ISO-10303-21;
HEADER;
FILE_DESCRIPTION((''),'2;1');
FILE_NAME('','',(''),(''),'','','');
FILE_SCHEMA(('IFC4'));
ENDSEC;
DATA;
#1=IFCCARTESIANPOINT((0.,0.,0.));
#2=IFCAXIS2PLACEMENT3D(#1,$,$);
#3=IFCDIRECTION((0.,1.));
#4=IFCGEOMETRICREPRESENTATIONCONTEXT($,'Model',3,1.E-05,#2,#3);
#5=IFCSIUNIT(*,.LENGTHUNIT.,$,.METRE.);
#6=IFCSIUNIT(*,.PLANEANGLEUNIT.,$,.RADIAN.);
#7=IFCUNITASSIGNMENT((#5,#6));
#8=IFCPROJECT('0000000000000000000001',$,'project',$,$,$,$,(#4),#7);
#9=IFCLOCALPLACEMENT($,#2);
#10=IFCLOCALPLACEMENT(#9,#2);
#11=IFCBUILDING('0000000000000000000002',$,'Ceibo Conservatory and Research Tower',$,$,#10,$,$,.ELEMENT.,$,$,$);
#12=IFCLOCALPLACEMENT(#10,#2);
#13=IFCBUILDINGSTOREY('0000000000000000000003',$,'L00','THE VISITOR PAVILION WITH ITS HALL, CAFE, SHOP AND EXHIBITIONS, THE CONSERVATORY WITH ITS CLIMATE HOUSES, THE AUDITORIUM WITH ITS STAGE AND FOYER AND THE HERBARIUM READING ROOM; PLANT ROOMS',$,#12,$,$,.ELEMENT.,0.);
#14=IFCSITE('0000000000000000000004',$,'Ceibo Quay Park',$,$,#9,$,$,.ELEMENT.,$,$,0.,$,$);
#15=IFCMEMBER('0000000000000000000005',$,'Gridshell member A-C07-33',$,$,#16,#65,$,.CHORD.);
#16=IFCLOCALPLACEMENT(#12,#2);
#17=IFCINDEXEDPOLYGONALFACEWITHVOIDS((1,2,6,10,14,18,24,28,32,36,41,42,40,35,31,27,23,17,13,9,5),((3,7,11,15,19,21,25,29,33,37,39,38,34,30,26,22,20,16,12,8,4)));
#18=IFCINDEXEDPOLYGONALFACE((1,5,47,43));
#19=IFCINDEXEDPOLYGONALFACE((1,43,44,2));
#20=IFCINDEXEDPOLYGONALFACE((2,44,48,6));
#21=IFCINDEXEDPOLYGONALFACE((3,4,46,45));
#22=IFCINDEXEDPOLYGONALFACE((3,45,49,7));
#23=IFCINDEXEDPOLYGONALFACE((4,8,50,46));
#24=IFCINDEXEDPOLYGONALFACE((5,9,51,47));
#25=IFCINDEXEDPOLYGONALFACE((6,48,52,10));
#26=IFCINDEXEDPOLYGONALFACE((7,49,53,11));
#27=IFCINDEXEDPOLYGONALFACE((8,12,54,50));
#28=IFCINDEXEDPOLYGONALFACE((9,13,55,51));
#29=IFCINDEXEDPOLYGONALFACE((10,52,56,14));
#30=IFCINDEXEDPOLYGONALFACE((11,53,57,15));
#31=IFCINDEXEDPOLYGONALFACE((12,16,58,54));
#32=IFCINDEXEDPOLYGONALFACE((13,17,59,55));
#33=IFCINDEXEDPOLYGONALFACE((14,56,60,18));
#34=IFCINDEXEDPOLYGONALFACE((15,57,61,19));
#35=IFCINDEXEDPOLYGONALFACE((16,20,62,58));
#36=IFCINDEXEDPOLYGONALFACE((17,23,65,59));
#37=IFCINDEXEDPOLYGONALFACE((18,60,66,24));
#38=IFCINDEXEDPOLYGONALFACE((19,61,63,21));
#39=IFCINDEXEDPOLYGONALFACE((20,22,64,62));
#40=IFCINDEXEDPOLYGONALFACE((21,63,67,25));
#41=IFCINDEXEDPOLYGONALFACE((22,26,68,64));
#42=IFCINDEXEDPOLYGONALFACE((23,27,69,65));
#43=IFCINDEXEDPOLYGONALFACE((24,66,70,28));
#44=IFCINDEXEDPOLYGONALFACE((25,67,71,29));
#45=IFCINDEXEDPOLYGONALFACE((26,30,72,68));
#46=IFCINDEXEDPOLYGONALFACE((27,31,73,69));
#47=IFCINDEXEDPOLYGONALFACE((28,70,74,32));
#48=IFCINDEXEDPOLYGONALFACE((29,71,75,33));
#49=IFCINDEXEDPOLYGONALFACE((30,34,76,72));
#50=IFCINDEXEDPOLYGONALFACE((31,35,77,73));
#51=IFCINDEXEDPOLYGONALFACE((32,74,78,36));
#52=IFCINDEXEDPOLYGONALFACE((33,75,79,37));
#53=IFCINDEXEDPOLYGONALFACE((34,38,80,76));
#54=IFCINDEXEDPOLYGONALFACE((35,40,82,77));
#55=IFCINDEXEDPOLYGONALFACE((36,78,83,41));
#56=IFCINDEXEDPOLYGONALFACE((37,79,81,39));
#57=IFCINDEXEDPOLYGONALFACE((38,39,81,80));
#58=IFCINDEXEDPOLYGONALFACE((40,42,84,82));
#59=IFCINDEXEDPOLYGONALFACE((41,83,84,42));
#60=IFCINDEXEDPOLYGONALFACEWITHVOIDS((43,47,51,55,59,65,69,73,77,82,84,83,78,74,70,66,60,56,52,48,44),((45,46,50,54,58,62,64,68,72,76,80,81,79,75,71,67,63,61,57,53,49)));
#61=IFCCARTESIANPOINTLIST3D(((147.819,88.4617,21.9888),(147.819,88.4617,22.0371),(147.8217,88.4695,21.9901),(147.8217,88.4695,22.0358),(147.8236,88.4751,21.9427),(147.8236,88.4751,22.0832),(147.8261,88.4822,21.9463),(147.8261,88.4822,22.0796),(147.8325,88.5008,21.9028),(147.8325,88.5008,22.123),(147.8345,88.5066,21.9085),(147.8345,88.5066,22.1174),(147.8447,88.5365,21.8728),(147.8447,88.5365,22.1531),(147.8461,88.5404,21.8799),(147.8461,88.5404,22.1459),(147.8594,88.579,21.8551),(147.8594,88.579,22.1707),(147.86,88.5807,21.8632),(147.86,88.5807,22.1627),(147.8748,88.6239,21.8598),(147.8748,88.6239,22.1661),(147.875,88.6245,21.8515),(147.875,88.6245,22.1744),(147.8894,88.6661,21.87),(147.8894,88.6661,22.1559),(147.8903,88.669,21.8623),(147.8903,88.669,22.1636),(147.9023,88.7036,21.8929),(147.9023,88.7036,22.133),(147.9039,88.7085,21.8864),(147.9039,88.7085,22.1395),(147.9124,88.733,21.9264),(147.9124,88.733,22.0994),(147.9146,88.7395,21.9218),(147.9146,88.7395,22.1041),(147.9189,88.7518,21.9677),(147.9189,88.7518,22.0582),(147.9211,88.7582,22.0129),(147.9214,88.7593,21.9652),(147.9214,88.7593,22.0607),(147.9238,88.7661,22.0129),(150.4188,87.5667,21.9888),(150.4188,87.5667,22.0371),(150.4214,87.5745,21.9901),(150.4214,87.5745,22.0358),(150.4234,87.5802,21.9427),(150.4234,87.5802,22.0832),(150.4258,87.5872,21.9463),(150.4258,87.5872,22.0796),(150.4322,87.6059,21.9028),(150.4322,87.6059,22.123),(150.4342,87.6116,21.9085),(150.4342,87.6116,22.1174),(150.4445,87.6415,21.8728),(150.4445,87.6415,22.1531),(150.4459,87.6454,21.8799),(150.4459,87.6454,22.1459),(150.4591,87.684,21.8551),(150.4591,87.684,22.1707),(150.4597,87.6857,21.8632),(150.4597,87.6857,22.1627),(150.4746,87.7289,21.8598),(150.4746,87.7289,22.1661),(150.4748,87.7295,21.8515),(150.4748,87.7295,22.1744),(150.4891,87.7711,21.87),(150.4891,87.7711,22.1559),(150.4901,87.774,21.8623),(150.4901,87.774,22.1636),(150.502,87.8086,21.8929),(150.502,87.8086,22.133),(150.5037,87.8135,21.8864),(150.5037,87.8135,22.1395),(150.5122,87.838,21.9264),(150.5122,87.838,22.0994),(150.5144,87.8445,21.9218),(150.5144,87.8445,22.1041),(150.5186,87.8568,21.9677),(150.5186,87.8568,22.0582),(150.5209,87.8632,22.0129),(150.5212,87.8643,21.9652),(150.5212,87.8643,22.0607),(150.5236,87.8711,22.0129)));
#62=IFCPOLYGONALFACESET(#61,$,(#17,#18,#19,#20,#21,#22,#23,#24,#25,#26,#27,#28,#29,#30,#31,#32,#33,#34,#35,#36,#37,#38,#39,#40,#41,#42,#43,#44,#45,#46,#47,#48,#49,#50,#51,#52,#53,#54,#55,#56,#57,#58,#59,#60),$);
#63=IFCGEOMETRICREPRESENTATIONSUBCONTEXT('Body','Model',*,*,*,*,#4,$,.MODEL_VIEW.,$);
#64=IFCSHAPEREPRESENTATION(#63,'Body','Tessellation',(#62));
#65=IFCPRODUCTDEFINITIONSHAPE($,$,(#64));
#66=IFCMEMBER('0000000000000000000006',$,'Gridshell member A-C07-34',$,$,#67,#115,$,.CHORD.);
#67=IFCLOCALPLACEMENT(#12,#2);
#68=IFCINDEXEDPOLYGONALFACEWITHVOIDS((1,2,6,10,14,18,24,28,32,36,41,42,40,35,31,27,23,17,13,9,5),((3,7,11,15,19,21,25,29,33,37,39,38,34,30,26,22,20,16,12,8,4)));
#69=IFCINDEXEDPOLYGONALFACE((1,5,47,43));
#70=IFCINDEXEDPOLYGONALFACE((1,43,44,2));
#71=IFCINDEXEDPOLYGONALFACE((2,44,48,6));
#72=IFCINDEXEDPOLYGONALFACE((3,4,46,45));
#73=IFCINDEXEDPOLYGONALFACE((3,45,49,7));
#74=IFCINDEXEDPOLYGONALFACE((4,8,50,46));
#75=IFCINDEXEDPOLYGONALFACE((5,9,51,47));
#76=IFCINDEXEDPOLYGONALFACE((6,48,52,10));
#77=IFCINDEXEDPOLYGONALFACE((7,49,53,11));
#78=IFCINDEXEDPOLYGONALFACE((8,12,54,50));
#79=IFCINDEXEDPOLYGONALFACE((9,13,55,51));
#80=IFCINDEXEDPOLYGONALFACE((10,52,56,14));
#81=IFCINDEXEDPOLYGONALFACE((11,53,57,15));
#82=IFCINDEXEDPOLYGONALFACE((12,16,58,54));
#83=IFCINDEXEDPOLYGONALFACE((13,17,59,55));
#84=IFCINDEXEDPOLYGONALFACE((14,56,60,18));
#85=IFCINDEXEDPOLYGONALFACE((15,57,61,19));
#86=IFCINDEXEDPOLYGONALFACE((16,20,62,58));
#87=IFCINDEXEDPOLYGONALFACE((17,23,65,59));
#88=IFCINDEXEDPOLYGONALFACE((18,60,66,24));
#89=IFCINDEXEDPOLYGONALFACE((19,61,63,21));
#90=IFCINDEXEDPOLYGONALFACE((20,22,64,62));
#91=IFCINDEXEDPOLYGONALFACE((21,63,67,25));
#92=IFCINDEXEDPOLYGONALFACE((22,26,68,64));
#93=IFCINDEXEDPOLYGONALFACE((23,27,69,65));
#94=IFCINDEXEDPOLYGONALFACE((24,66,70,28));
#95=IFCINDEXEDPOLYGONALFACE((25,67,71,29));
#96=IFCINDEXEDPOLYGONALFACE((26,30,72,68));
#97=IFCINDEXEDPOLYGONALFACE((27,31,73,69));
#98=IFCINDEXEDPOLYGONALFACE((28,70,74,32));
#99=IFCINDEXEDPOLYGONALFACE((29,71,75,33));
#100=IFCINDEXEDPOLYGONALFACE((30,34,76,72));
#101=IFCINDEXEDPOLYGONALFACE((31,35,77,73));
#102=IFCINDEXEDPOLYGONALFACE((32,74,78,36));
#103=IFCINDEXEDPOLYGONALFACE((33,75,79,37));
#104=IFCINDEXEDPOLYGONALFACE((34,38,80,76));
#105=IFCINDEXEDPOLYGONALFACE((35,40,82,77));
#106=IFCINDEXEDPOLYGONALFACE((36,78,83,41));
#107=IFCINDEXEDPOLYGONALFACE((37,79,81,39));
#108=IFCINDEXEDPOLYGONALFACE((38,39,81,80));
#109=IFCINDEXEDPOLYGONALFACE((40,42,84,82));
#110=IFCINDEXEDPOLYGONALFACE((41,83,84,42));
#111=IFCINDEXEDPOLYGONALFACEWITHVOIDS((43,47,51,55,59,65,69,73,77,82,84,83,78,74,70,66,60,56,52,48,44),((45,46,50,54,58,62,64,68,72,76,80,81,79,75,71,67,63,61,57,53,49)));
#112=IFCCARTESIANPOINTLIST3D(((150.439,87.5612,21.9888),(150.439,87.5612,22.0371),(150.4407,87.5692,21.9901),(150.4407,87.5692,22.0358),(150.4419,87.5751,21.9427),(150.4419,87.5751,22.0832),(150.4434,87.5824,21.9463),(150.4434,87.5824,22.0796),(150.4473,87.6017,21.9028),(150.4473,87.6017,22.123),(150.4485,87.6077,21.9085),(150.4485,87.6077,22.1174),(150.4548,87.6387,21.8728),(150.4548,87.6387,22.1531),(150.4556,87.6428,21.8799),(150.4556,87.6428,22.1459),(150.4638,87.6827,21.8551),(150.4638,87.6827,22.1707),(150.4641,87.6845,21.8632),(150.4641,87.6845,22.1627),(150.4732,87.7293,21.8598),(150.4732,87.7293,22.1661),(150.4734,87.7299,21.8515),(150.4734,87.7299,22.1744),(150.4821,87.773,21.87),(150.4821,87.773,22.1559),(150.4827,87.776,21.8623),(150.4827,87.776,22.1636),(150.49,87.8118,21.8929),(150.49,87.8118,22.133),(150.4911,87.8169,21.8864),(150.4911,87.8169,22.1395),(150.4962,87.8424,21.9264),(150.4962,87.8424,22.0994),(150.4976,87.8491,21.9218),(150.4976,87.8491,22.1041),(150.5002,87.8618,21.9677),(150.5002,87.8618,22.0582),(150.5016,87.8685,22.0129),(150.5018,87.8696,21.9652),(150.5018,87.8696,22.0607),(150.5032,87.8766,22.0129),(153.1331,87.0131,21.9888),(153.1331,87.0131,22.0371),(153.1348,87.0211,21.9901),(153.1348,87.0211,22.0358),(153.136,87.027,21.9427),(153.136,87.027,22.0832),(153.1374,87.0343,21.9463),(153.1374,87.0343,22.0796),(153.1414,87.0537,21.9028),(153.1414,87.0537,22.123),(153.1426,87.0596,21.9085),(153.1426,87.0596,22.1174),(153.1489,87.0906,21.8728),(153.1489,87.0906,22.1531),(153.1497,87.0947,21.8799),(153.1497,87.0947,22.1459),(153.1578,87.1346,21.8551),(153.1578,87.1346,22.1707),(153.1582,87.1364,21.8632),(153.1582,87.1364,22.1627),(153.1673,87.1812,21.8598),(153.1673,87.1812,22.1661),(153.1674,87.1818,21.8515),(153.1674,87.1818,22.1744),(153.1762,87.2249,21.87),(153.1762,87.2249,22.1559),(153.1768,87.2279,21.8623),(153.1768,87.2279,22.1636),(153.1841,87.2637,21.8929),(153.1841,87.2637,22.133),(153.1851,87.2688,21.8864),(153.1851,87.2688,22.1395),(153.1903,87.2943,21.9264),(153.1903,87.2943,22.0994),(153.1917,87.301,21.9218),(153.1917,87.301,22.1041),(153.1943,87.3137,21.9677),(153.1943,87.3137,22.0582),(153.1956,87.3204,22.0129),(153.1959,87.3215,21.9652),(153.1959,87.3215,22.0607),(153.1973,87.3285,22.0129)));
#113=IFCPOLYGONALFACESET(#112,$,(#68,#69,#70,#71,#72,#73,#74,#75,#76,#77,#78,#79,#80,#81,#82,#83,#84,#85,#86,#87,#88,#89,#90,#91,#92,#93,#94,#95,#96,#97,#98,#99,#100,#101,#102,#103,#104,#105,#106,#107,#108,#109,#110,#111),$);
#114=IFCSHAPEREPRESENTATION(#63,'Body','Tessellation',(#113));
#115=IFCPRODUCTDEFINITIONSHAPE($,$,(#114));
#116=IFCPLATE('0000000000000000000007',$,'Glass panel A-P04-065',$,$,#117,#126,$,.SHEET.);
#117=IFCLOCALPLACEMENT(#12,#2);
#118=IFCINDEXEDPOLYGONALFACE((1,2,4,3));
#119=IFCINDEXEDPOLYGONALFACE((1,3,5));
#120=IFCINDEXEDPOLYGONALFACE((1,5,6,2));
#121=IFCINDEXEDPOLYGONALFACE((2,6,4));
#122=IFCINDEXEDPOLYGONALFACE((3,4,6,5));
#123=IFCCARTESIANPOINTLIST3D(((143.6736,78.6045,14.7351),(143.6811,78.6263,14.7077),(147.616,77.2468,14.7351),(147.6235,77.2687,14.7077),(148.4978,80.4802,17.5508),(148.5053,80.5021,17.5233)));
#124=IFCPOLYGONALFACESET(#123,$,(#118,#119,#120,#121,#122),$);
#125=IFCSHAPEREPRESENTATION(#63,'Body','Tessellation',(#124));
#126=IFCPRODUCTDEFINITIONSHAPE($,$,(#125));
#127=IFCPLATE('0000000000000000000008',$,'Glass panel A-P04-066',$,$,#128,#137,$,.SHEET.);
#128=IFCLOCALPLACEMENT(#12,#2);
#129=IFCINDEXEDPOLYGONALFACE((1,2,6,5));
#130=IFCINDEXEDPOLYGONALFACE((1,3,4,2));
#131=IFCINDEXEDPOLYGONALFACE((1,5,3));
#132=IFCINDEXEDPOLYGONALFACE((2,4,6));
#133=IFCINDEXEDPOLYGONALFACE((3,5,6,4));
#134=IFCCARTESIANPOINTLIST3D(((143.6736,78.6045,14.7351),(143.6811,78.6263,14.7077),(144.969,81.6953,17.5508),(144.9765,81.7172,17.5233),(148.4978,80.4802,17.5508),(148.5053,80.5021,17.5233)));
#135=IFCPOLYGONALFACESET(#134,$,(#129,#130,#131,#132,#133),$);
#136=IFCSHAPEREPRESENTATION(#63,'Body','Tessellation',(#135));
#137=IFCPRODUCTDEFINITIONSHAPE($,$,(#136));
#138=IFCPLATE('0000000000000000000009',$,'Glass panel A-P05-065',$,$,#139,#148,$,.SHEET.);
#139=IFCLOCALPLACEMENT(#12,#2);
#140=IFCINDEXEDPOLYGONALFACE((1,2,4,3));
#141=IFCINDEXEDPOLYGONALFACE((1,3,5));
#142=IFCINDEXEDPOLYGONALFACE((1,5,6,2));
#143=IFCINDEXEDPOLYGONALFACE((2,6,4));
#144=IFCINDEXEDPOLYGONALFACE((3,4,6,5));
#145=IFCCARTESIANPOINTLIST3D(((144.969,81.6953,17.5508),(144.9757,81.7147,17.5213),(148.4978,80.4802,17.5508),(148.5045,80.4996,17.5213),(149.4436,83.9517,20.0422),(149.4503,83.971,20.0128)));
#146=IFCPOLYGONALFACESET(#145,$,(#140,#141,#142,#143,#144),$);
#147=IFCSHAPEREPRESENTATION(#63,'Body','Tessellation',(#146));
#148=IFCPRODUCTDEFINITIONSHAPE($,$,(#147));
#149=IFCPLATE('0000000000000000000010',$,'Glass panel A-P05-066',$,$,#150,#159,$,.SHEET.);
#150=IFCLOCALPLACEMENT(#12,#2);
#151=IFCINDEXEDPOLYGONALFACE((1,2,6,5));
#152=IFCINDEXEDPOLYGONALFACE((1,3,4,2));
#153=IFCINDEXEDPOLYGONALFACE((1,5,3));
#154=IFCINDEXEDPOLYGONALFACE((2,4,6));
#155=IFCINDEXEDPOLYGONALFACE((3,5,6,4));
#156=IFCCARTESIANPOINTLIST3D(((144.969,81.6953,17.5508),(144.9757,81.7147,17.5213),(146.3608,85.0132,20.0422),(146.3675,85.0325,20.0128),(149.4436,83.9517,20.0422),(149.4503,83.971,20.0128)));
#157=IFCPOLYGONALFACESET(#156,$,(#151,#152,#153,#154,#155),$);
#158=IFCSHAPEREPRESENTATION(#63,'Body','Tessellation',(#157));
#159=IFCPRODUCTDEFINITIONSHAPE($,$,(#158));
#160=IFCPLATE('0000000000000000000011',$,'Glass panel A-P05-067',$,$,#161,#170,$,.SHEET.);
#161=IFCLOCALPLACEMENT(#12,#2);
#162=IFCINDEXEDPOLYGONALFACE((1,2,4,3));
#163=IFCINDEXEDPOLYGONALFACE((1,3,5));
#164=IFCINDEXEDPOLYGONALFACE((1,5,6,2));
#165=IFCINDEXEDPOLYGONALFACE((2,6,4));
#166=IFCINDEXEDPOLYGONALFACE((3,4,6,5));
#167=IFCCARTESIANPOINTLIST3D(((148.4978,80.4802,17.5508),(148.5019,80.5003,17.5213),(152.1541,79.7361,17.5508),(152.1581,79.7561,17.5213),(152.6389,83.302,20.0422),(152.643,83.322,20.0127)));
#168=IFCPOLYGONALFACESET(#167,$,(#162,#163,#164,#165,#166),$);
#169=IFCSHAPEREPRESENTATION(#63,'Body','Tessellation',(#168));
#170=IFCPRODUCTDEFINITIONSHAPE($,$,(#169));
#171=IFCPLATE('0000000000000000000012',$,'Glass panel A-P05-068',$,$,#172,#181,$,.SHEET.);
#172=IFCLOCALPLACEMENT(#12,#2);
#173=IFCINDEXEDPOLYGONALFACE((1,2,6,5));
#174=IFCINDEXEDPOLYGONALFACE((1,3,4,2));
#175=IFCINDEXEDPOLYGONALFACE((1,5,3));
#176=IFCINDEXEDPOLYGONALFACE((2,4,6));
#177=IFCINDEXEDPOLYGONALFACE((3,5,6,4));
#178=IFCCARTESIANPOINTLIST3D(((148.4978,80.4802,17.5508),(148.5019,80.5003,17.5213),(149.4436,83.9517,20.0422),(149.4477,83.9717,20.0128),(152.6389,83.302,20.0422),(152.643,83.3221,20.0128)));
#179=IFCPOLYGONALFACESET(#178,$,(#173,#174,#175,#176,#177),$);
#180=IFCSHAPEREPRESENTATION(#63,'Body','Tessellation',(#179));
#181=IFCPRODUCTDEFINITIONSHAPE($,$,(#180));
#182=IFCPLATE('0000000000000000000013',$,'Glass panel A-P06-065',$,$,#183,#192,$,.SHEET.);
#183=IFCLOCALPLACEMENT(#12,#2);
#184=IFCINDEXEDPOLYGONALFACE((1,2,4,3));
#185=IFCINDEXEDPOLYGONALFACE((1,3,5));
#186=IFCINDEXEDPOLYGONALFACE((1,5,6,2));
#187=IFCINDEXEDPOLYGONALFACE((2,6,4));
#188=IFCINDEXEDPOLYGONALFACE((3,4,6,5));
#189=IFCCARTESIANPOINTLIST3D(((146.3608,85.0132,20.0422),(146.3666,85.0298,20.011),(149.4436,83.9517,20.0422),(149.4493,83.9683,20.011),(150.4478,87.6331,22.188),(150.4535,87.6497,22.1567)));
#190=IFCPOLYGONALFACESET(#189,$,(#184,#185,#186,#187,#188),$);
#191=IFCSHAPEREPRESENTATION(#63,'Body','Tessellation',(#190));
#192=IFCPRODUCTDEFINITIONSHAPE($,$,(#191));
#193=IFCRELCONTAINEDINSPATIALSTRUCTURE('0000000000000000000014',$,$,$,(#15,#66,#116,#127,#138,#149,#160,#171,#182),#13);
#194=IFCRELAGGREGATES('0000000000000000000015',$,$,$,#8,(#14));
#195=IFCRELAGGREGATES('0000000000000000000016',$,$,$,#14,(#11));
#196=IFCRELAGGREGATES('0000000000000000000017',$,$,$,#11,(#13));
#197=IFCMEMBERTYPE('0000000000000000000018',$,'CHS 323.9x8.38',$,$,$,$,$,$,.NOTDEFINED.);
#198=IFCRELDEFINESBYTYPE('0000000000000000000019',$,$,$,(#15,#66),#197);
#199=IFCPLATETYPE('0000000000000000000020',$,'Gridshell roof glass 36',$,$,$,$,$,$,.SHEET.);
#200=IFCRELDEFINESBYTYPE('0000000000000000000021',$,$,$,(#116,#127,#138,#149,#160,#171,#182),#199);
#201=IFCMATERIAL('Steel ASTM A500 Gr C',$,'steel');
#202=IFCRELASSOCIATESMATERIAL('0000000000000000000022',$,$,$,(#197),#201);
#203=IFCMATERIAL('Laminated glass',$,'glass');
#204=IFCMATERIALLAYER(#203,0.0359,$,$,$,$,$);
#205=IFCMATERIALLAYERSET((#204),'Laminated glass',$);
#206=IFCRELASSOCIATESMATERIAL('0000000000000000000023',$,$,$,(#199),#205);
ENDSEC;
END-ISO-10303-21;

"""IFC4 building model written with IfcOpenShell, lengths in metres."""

from ifc_helpers import new_model, si_unit, direction, frame, origin, origin_2d, place, context, subcontext, project, spatial, polyline, hollow_circle, outline, extrude, material, layer, layer_set, material_profile, profile_set, type_object, element, save


model = new_model("IFC4")

# Units and contexts
model_context = context("Model", 3, precision=1e-05, world=origin(), true_north=direction((0.0, 1.0)))
body_context = subcontext(model_context, "Body", "Model", "MODEL_VIEW")
ifc_project = project(units=[si_unit("LENGTHUNIT", "METRE"), si_unit("PLANEANGLEUNIT", "RADIAN")], contexts=[model_context])

# Site, building, storey
site_placement = place(None, origin())
site = spatial("IfcSite", under=ifc_project, at=site_placement, Name="Ceibo Quay Park", CompositionType="ELEMENT", RefElevation=0.0)
building_placement = place(site_placement, origin())
building = spatial("IfcBuilding", under=site, at=building_placement, Name="Ceibo Conservatory and Research Tower", CompositionType="ELEMENT")
storey_placement = place(building_placement, origin())
storey = spatial("IfcBuildingStorey", under=building, at=storey_placement, Name="L00", Description="THE VISITOR PAVILION WITH ITS HALL, CAFE, SHOP AND EXHIBITIONS, THE CONSERVATORY WITH ITS CLIMATE HOUSES, THE AUDITORIUM WITH ITS STAGE AND FOYER AND THE HERBARIUM READING ROOM; PLANT ROOMS", CompositionType="ELEMENT", Elevation=0.0)

# Members
ifc_material_1 = material(Name="Steel ASTM A500 Gr C", Category="steel")
ifc_material_profile_1 = material_profile(ifc_material_1, hollow_circle(Radius=0.1619, WallThickness=0.0083, at=origin_2d()), Name="CHS 323.9x8.38")
ifc_profile_set_1 = profile_set([ifc_material_profile_1], Name="Steel ASTM A500 Gr C")
member_type_1 = type_object("IfcMemberType", Name="CHS 323.9x8.38", PredefinedType="NOTDEFINED", material=ifc_profile_set_1)
member_1_placement = place(storey_placement, frame((147.8711, 88.613, 22.0129), z_axis=(0.945539, -0.325509, 0.0), x_axis=(0.325509, 0.945539, 0.0)))
element("IfcMember", 1, at=member_1_placement, inside=storey, type_object=member_type_1, Name="Gridshell member A-C07-33", PredefinedType="CHORD", context=body_context, shape_type="SweptSolid", body=[
    extrude(hollow_circle(Radius=0.1619, WallThickness=0.0083, at=origin_2d()), origin(), (0.0, 0.0, 1.0), 2.7495),
])
member_2_placement = place(storey_placement, frame((150.4709, 87.718, 22.0129), z_axis=(0.979926, -0.19936, 0.0), x_axis=(0.19936, 0.979926, 0.0)))
element("IfcMember", 2, at=member_2_placement, inside=storey, type_object=member_type_1, Name="Gridshell member A-C07-34", PredefinedType="CHORD", context=body_context, shape_type="SweptSolid", body=[
    extrude(hollow_circle(Radius=0.1619, WallThickness=0.0083, at=origin_2d()), origin(), (0.0, 0.0, 1.0), 2.7493),
])

# Plates
ifc_material_2 = material(Name="Laminated glass", Category="glass")
ifc_layer = layer(ifc_material_2, 0.0359)
ifc_layer_set = layer_set([ifc_layer], Name="Laminated glass")
plate_type = type_object("IfcPlateType", Name="Gridshell roof glass 36", PredefinedType="SHEET", material=ifc_layer_set)
plate_1_placement = place(storey_placement, frame((143.6736, 78.6045, 14.7351), z_axis=(-0.209711, -0.608957, 0.764979), x_axis=(0.945504, -0.32561, 0.0)))
element("IfcPlate", 3, at=plate_1_placement, inside=storey, type_object=plate_type, Name="Glass panel A-P04-065", PredefinedType="SHEET", context=body_context, shape_type="SweptSolid", body=[
    extrude(outline(polyline([(0.0, 0.0), (4.1696, 0.0), (3.9506, 4.3718), (0.0, 0.0)])), origin(), (0.0, 0.0, -1.0), 0.0359),
])
plate_2_placement = place(storey_placement, frame((143.6736, 78.6045, 14.7351), z_axis=(-0.209693, -0.608981, 0.764964), x_axis=(0.818729, 0.318335, 0.477855)))
element("IfcPlate", 4, at=plate_2_placement, inside=storey, type_object=plate_type, Name="Glass panel A-P04-066", PredefinedType="SHEET", context=body_context, shape_type="SweptSolid", body=[
    extrude(outline(polyline([(0.0, 0.0), (5.8923, 0.0), (3.39, 2.769), (0.0, 0.0)])), origin(), (0.0, 0.0, -1.0), 0.0359),
])
plate_3_placement = place(storey_placement, frame((144.969, 81.6953, 17.5508), z_axis=(-0.185617, -0.539062, 0.821558), x_axis=(0.945517, -0.325573, 0.0)))
element("IfcPlate", 5, at=plate_3_placement, inside=storey, type_object=plate_type, Name="Glass panel A-P05-065", PredefinedType="SHEET", context=body_context, shape_type="SweptSolid", body=[
    extrude(outline(polyline([(0.0, 0.0), (3.7321, 0.0), (3.4962, 4.37), (0.0, 0.0)])), origin(), (0.0, 0.0, -1.0), 0.0359),
])
plate_4_placement = place(storey_placement, frame((144.969, 81.6953, 17.5508), z_axis=(-0.18562, -0.539058, 0.82156), x_axis=(0.79954, 0.403173, 0.445183)))
element("IfcPlate", 6, at=plate_4_placement, inside=storey, type_object=plate_type, Name="Glass panel A-P05-066", PredefinedType="SHEET", context=body_context, shape_type="SweptSolid", body=[
    extrude(outline(polyline([(0.0, 0.0), (5.5965, 0.0), (3.5597, 2.5459), (0.0, 0.0)])), origin(), (0.0, 0.0, -1.0), 0.0359),
])
plate_5_placement = place(storey_placement, frame((148.4978, 80.4802, 17.5508), z_axis=(-0.113688, -0.558592, 0.821614), x_axis=(0.979911, -0.199437, 0.0)))
element("IfcPlate", 7, at=plate_5_placement, inside=storey, type_object=plate_type, Name="Glass panel A-P05-067", PredefinedType="SHEET", context=body_context, shape_type="SweptSolid", body=[
    extrude(outline(polyline([(0.0, 0.0), (3.7312, 0.0), (3.4952, 4.3706), (0.0, 0.0)])), origin(), (0.0, 0.0, -1.0), 0.0359),
])
plate_6_placement = place(storey_placement, frame((148.4978, 80.4802, 17.5508), z_axis=(-0.11359, -0.558689, 0.821562), x_axis=(0.739973, 0.504222, 0.445197)))
element("IfcPlate", 8, at=plate_6_placement, inside=storey, type_object=plate_type, Name="Glass panel A-P05-068", PredefinedType="SHEET", context=body_context, shape_type="SweptSolid", body=[
    extrude(outline(polyline([(0.0, 0.0), (5.5963, 0.0), (3.5594, 2.5462), (0.0, 0.0)])), origin(), (0.0, 0.0, -1.0), 0.0359),
])
plate_7_placement = place(storey_placement, frame((146.3608, 85.0132, 20.0422), z_axis=(-0.15984, -0.464189, 0.871194), x_axis=(0.945515, -0.32558, 0.0)))
element("IfcPlate", 9, at=plate_7_placement, inside=storey, type_object=plate_type, Name="Glass panel A-P06-065", PredefinedType="SHEET", context=body_context, shape_type="SweptSolid", body=[
    extrude(outline(polyline([(0.0, 0.0), (3.2604, 0.0), (3.0113, 4.3707), (0.0, 0.0)])), origin(), (0.0, 0.0, -1.0), 0.0359),
])

save(model, "model.ifc")
